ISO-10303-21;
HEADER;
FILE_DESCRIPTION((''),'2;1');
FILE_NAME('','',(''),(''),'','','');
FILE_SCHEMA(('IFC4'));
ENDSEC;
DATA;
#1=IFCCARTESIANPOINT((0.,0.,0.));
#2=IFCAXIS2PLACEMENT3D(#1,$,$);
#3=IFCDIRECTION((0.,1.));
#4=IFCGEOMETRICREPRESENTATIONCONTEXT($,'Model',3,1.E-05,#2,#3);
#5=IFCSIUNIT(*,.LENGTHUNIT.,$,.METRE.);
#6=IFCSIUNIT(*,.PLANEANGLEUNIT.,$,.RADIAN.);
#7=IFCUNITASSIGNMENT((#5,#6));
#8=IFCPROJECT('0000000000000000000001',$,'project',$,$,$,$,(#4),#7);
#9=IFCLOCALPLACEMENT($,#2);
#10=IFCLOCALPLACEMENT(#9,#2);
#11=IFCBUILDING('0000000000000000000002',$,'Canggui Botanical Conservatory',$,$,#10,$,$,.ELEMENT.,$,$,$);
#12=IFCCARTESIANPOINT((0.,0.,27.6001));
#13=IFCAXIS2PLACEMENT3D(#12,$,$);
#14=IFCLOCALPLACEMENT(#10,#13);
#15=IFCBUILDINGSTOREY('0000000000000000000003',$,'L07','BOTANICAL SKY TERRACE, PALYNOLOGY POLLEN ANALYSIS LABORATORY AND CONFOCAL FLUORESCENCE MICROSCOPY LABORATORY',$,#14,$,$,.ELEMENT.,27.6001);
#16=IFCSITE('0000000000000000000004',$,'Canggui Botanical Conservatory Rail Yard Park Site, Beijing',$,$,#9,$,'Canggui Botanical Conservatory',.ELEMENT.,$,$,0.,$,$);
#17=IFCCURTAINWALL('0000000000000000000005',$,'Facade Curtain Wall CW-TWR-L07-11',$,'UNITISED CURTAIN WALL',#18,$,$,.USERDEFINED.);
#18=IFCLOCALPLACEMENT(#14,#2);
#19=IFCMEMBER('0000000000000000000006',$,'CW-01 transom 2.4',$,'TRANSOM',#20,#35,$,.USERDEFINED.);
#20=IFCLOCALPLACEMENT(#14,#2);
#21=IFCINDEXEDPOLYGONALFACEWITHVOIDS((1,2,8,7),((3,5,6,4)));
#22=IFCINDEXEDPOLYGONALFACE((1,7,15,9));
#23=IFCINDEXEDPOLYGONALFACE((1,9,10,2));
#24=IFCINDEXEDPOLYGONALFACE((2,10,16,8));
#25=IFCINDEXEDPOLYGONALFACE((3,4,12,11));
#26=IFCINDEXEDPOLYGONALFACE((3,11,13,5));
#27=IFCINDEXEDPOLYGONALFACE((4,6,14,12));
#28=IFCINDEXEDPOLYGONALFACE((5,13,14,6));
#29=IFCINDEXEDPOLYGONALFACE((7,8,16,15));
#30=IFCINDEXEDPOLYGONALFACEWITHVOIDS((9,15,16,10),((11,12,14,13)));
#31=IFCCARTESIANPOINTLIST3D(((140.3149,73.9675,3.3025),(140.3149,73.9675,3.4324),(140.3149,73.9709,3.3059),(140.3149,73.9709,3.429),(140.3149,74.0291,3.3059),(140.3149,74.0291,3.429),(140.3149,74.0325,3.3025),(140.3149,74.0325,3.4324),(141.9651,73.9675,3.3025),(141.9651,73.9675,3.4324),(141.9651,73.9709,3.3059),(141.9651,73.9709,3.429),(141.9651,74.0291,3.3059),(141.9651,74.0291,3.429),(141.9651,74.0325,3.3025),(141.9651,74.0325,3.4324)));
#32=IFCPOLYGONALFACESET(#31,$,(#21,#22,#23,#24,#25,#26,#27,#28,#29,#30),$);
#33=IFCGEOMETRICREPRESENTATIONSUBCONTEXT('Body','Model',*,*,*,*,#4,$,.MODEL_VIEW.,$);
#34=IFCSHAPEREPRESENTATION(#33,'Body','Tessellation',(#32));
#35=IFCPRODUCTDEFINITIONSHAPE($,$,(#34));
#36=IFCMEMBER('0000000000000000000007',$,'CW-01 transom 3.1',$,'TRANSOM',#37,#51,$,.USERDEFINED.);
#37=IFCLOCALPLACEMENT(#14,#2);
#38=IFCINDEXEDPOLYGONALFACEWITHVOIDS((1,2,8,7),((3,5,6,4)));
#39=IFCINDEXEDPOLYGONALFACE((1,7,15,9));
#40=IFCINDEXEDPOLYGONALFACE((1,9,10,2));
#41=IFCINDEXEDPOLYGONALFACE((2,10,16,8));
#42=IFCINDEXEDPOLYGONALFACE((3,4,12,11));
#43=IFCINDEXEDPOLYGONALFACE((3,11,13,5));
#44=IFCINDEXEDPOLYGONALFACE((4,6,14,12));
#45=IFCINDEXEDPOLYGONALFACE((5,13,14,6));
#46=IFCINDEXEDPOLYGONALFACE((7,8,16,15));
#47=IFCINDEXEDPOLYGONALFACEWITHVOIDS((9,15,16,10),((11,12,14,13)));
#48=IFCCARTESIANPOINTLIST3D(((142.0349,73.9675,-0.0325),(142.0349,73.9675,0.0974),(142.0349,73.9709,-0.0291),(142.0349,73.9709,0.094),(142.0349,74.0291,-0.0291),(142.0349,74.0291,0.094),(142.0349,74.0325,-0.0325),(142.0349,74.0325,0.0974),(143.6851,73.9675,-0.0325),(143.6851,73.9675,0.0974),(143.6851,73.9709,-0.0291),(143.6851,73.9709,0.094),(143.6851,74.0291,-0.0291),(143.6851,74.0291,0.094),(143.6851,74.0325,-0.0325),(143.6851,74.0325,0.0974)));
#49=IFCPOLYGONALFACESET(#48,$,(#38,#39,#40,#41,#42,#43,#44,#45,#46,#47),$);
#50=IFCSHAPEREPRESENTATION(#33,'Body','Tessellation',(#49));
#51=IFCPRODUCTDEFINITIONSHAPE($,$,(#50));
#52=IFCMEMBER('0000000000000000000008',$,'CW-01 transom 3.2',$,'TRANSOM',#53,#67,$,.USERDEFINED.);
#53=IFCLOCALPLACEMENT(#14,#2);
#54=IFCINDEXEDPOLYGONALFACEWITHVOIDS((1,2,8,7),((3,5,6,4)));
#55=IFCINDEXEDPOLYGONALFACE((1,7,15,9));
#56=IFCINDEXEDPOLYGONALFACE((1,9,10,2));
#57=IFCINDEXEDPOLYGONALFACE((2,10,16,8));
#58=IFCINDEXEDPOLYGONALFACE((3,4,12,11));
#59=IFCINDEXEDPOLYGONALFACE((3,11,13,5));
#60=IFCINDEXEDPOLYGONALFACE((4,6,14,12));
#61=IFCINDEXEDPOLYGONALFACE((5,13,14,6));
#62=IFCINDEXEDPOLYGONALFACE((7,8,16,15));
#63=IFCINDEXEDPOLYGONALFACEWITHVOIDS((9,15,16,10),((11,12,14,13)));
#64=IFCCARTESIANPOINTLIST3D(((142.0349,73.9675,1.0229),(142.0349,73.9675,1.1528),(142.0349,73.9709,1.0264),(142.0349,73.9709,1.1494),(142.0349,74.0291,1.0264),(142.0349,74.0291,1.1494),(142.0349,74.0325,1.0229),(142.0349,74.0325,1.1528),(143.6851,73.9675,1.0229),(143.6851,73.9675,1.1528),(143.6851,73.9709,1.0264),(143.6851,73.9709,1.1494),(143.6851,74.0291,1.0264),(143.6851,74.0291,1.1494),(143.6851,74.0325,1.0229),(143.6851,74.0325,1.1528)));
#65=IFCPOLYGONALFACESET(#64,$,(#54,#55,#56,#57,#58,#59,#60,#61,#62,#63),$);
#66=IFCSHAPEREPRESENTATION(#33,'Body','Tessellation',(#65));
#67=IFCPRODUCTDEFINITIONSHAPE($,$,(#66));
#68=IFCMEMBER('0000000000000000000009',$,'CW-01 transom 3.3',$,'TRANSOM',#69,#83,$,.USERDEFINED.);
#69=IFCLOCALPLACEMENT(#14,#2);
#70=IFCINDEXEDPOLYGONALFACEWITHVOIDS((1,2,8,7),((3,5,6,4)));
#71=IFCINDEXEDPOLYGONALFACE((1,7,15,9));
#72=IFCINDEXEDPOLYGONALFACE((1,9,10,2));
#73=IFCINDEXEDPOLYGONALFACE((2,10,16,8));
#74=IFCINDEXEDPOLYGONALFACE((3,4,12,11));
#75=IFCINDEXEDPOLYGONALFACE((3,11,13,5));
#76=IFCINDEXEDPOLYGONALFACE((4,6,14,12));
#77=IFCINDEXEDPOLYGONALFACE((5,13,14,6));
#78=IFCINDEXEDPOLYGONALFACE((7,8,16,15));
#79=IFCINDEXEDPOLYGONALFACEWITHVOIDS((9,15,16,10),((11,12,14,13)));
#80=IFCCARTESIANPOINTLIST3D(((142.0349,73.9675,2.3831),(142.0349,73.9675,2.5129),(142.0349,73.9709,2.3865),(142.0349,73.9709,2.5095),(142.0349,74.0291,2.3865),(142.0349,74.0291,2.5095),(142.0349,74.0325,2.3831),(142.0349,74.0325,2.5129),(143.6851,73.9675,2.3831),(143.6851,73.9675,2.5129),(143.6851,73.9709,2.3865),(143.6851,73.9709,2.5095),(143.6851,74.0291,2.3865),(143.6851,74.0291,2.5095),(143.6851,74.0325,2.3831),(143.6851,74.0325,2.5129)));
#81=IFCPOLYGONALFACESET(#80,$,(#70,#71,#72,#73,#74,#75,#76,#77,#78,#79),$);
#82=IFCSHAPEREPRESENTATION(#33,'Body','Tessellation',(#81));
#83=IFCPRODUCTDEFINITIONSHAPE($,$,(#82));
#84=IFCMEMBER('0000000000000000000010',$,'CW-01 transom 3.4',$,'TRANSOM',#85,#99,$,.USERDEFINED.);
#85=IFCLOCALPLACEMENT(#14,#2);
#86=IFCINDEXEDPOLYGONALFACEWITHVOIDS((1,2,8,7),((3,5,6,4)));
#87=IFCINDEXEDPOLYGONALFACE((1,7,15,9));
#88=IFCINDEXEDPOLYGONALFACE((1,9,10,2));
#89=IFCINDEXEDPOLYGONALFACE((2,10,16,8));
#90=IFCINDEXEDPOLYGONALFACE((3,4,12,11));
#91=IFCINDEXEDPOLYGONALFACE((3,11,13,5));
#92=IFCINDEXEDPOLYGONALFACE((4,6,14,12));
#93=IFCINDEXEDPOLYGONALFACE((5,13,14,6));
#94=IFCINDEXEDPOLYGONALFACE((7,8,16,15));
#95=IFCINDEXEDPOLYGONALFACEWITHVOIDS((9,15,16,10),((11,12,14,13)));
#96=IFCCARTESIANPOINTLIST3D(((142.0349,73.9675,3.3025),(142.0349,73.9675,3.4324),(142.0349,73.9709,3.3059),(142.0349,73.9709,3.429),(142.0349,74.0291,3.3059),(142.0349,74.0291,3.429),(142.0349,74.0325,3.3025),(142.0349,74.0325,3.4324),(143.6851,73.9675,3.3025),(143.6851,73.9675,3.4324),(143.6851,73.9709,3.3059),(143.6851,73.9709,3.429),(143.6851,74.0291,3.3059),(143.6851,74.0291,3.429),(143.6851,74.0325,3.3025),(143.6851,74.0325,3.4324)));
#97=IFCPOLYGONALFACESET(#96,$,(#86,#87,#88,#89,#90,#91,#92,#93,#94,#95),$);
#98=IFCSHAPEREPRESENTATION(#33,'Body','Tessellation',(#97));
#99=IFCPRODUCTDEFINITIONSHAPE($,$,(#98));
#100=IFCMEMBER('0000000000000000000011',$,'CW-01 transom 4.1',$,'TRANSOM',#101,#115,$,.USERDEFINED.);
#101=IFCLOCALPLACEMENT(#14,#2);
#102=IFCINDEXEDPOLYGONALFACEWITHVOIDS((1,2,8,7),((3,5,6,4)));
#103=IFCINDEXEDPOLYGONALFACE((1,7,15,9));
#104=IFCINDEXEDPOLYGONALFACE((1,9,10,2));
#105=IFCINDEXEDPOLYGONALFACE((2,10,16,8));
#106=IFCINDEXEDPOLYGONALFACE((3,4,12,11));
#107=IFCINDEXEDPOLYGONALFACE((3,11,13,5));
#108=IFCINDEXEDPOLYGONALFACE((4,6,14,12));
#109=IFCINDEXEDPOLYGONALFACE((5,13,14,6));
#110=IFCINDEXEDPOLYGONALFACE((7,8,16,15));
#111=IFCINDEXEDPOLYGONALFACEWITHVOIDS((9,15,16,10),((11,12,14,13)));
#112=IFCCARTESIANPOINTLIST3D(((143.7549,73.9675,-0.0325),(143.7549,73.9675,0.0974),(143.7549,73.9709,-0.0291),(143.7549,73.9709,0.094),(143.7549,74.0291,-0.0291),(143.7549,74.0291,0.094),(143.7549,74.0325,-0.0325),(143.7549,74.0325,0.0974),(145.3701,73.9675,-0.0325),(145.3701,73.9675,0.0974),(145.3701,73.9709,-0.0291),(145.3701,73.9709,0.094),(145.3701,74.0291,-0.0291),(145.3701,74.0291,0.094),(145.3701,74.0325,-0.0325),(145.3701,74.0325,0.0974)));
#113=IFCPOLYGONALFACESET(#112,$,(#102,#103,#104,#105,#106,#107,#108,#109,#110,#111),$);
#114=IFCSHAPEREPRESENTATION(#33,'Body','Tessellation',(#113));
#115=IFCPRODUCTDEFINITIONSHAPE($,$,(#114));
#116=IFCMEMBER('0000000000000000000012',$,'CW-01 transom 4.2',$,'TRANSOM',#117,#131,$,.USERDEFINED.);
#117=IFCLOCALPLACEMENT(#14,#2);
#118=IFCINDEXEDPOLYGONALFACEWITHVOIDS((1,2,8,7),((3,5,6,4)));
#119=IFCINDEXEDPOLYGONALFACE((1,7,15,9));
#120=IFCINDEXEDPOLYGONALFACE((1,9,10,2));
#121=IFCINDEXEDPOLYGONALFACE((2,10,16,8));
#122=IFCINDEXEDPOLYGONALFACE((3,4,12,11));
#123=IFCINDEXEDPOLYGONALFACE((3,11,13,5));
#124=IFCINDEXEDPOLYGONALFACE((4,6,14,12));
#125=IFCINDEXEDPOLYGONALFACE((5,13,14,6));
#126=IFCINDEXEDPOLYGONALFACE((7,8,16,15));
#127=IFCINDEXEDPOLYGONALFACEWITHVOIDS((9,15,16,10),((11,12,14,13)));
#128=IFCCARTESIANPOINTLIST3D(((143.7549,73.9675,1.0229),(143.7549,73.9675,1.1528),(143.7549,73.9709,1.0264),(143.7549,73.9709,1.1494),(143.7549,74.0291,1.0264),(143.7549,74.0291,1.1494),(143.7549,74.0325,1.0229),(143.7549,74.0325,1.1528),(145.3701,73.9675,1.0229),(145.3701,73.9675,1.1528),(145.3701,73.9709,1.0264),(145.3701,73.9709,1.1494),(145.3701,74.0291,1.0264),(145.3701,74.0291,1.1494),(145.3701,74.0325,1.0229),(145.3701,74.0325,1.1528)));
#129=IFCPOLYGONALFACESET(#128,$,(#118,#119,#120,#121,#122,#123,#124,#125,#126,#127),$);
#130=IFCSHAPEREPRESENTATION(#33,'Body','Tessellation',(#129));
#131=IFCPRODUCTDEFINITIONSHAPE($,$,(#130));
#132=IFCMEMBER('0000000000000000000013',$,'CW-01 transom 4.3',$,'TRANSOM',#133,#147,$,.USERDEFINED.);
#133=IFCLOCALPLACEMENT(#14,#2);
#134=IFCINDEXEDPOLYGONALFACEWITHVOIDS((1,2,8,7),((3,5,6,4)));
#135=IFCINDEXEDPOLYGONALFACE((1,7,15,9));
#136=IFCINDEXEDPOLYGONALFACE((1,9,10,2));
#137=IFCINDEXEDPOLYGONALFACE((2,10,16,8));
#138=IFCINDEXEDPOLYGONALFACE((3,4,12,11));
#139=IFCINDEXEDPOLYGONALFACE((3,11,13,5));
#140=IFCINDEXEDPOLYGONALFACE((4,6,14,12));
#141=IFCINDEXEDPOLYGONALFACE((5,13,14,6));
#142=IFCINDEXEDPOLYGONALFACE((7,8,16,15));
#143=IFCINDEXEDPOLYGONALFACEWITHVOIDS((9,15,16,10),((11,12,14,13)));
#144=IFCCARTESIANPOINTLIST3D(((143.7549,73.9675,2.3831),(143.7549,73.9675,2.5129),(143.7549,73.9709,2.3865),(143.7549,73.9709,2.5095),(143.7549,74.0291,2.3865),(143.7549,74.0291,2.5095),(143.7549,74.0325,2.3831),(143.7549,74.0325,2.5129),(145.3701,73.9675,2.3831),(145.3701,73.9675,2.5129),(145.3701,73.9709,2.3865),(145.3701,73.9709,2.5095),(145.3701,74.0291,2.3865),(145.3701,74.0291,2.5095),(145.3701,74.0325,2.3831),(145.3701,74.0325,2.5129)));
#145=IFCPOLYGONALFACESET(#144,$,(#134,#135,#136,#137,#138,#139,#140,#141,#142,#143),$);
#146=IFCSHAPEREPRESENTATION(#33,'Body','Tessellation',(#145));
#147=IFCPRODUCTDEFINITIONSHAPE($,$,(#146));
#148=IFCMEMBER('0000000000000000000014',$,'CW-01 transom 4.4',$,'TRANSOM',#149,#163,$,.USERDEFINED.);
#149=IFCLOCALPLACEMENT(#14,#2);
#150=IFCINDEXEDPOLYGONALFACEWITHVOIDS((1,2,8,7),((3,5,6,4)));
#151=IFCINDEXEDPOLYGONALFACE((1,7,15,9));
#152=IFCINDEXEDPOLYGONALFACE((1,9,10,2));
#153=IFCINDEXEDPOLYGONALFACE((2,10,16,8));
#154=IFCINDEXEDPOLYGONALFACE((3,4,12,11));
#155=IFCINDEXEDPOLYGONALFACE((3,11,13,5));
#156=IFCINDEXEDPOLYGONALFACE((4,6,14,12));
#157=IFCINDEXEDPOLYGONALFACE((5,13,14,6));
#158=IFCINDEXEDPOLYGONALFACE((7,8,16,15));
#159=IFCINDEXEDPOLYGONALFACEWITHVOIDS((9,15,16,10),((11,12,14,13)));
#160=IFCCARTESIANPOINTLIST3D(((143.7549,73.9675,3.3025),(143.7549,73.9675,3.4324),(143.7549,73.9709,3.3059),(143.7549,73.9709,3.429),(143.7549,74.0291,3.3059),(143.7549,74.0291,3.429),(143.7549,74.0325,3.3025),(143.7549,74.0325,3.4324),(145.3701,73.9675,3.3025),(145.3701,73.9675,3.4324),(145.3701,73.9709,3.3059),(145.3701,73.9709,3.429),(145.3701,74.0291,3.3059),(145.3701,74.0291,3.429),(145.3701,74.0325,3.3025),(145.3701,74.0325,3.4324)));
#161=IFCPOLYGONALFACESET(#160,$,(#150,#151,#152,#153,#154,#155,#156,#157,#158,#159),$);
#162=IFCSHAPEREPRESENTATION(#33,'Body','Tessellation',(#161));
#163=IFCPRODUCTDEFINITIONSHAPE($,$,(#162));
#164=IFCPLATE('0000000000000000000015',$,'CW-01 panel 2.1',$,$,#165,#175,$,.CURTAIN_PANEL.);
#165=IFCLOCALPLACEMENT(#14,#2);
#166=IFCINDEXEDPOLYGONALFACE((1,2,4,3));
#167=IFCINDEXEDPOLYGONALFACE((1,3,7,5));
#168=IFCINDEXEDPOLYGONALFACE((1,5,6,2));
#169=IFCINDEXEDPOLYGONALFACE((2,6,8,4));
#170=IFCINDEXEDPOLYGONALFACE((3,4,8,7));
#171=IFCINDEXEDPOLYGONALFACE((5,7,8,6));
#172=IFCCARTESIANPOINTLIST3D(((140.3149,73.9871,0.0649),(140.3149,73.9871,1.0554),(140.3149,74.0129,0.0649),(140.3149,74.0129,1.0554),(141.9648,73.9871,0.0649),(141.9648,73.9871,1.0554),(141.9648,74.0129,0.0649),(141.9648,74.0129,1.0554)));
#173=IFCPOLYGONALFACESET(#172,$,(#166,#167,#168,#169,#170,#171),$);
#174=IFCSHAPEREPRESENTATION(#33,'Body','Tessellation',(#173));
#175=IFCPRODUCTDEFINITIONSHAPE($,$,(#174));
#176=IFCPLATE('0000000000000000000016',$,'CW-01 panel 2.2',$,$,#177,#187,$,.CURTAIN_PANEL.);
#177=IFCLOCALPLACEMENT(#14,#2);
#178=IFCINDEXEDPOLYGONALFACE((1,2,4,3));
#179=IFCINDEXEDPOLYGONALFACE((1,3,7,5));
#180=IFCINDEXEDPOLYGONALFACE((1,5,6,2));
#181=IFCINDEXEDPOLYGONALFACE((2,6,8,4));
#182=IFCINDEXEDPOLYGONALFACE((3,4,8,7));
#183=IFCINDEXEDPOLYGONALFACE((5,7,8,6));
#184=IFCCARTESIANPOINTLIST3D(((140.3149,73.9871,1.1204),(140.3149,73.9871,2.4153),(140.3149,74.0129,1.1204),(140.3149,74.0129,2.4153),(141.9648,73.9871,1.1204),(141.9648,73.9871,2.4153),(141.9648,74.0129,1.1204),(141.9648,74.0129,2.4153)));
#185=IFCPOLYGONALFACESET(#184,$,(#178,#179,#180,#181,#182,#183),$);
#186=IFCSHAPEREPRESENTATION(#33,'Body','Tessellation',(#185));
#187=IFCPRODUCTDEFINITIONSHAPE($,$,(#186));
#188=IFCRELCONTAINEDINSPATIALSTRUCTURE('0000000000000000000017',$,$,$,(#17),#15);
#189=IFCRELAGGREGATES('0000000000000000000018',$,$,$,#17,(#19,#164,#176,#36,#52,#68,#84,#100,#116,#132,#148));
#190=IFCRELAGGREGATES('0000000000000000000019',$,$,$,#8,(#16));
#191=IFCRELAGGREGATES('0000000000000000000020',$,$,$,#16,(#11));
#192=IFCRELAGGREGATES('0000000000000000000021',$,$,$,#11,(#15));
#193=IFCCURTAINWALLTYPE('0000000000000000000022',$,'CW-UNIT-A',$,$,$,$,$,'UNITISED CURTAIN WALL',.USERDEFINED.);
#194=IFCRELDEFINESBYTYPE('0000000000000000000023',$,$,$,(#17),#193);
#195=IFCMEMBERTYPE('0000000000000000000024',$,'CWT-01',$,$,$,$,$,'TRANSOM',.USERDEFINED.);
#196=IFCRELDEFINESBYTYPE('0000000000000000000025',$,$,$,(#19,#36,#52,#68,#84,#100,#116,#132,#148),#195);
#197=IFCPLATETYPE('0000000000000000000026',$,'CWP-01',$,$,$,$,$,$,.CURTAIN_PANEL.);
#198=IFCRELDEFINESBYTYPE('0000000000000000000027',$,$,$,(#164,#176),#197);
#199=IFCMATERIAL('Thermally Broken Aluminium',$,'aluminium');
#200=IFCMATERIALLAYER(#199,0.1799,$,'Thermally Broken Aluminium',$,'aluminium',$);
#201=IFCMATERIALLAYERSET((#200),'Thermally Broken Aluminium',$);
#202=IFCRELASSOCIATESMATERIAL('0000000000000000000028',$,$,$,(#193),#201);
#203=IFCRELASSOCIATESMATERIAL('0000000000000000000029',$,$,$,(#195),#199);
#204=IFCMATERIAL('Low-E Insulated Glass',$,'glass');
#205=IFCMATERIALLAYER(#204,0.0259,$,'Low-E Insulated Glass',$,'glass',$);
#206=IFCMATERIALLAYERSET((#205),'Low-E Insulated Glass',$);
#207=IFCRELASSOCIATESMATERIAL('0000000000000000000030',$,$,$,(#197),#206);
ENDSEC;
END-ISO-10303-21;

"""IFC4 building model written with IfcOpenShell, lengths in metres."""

from ifc_helpers import new_model, si_unit, direction, frame, origin, origin_2d, place, context, subcontext, project, spatial, rectangle, hollow_rectangle, extrude, material, layer, layer_set, material_profile, profile_set, type_object, element, aggregate, save


model = new_model("IFC4")

# Units and contexts
model_context = context("Model", 3, precision=1e-05, world=origin(), true_north=direction((0.0, 1.0)))
body_context = subcontext(model_context, "Body", "Model", "MODEL_VIEW")
ifc_project = project(units=[si_unit("LENGTHUNIT", "METRE"), si_unit("PLANEANGLEUNIT", "RADIAN")], contexts=[model_context])

# Site, building, storey
site_placement = place(None, origin())
site = spatial("IfcSite", under=ifc_project, at=site_placement, Name="Canggui Botanical Conservatory Rail Yard Park Site, Beijing", LongName="Canggui Botanical Conservatory", CompositionType="ELEMENT", RefElevation=0.0)
building_placement = place(site_placement, origin())
building = spatial("IfcBuilding", under=site, at=building_placement, Name="Canggui Botanical Conservatory", CompositionType="ELEMENT")
storey_placement = place(building_placement, frame((0.0, 0.0, 27.6001)))
storey = spatial("IfcBuildingStorey", under=building, at=storey_placement, Name="L07", Description="BOTANICAL SKY TERRACE, PALYNOLOGY POLLEN ANALYSIS LABORATORY AND CONFOCAL FLUORESCENCE MICROSCOPY LABORATORY", CompositionType="ELEMENT", Elevation=27.6001)

# Curtain wall
ifc_material_1 = material(Name="Thermally Broken Aluminium", Category="aluminium")
ifc_layer_1 = layer(ifc_material_1, 0.1799, Name="Thermally Broken Aluminium", Category="aluminium")
ifc_layer_set_1 = layer_set([ifc_layer_1], Name="Thermally Broken Aluminium")
curtain_wall_type = type_object("IfcCurtainWallType", Name="CW-UNIT-A", ElementType="UNITISED CURTAIN WALL", PredefinedType="USERDEFINED", material=ifc_layer_set_1)
curtain_wall_1_placement = place(storey_placement, origin())
curtain_wall_1 = element("IfcCurtainWall", 1, at=curtain_wall_1_placement, inside=storey, type_object=curtain_wall_type, Name="Facade Curtain Wall CW-TWR-L07-11", ObjectType="UNITISED CURTAIN WALL", PredefinedType="USERDEFINED")

# Members
ifc_material_profile_1 = material_profile(ifc_material_1, hollow_rectangle(XDim=0.0649, YDim=0.1299, WallThickness=0.0034, at=origin_2d()), Name="CWT 65x130x3.5")
ifc_profile_set_1 = profile_set([ifc_material_profile_1], Name="Thermally Broken Aluminium")
member_type_1 = type_object("IfcMemberType", Name="CWT-01", ElementType="TRANSOM", PredefinedType="USERDEFINED", material=ifc_profile_set_1)
member_1_placement = place(storey_placement, frame((140.3149, 74.0, 3.3674), z_axis=(1.0, 0.0, 0.0), x_axis=(0.0, 1.0, 0.0)))
member_1 = element("IfcMember", 2, at=member_1_placement, type_object=member_type_1, Name="CW-01 transom 2.4", ObjectType="TRANSOM", PredefinedType="USERDEFINED", context=body_context, shape_type="SweptSolid", body=[
    extrude(hollow_rectangle(XDim=0.0649, YDim=0.1299, WallThickness=0.0034, at=origin_2d()), origin(), (0.0, 0.0, 1.0), 1.6501),
])
member_2_placement = place(storey_placement, frame((142.0349, 74.0, 0.0325), z_axis=(1.0, 0.0, 0.0), x_axis=(0.0, 1.0, 0.0)))
member_2 = element("IfcMember", 3, at=member_2_placement, type_object=member_type_1, Name="CW-01 transom 3.1", ObjectType="TRANSOM", PredefinedType="USERDEFINED", context=body_context, shape_type="SweptSolid", body=[
    extrude(hollow_rectangle(XDim=0.0649, YDim=0.1299, WallThickness=0.0034, at=origin_2d()), origin(), (0.0, 0.0, 1.0), 1.6501),
])
member_3_placement = place(storey_placement, frame((142.0349, 74.0, 1.0879), z_axis=(1.0, 0.0, 0.0), x_axis=(0.0, 1.0, 0.0)))
member_3 = element("IfcMember", 4, at=member_3_placement, type_object=member_type_1, Name="CW-01 transom 3.2", ObjectType="TRANSOM", PredefinedType="USERDEFINED", context=body_context, shape_type="SweptSolid", body=[
    extrude(hollow_rectangle(XDim=0.0649, YDim=0.1299, WallThickness=0.0034, at=origin_2d()), origin(), (0.0, 0.0, 1.0), 1.6501),
])
member_4_placement = place(storey_placement, frame((142.0349, 74.0, 2.448), z_axis=(1.0, 0.0, 0.0), x_axis=(0.0, 1.0, 0.0)))
member_4 = element("IfcMember", 5, at=member_4_placement, type_object=member_type_1, Name="CW-01 transom 3.3", ObjectType="TRANSOM", PredefinedType="USERDEFINED", context=body_context, shape_type="SweptSolid", body=[
    extrude(hollow_rectangle(XDim=0.0649, YDim=0.1299, WallThickness=0.0034, at=origin_2d()), origin(), (0.0, 0.0, 1.0), 1.6501),
])
member_5_placement = place(storey_placement, frame((142.0349, 74.0, 3.3674), z_axis=(1.0, 0.0, 0.0), x_axis=(0.0, 1.0, 0.0)))
member_5 = element("IfcMember", 6, at=member_5_placement, type_object=member_type_1, Name="CW-01 transom 3.4", ObjectType="TRANSOM", PredefinedType="USERDEFINED", context=body_context, shape_type="SweptSolid", body=[
    extrude(hollow_rectangle(XDim=0.0649, YDim=0.1299, WallThickness=0.0034, at=origin_2d()), origin(), (0.0, 0.0, 1.0), 1.6501),
])
member_6_placement = place(storey_placement, frame((143.7549, 74.0, 0.0325), z_axis=(1.0, 0.0, 0.0), x_axis=(0.0, 1.0, 0.0)))
member_6 = element("IfcMember", 7, at=member_6_placement, type_object=member_type_1, Name="CW-01 transom 4.1", ObjectType="TRANSOM", PredefinedType="USERDEFINED", context=body_context, shape_type="SweptSolid", body=[
    extrude(hollow_rectangle(XDim=0.0649, YDim=0.1299, WallThickness=0.0034, at=origin_2d()), origin(), (0.0, 0.0, 1.0), 1.6152),
])
member_7_placement = place(storey_placement, frame((143.7549, 74.0, 1.0879), z_axis=(1.0, 0.0, 0.0), x_axis=(0.0, 1.0, 0.0)))
member_7 = element("IfcMember", 8, at=member_7_placement, type_object=member_type_1, Name="CW-01 transom 4.2", ObjectType="TRANSOM", PredefinedType="USERDEFINED", context=body_context, shape_type="SweptSolid", body=[
    extrude(hollow_rectangle(XDim=0.0649, YDim=0.1299, WallThickness=0.0034, at=origin_2d()), origin(), (0.0, 0.0, 1.0), 1.6152),
])
member_8_placement = place(storey_placement, frame((143.7549, 74.0, 2.448), z_axis=(1.0, 0.0, 0.0), x_axis=(0.0, 1.0, 0.0)))
member_8 = element("IfcMember", 9, at=member_8_placement, type_object=member_type_1, Name="CW-01 transom 4.3", ObjectType="TRANSOM", PredefinedType="USERDEFINED", context=body_context, shape_type="SweptSolid", body=[
    extrude(hollow_rectangle(XDim=0.0649, YDim=0.1299, WallThickness=0.0034, at=origin_2d()), origin(), (0.0, 0.0, 1.0), 1.6152),
])
member_9_placement = place(storey_placement, frame((143.7549, 74.0, 3.3674), z_axis=(1.0, 0.0, 0.0), x_axis=(0.0, 1.0, 0.0)))
member_9 = element("IfcMember", 10, at=member_9_placement, type_object=member_type_1, Name="CW-01 transom 4.4", ObjectType="TRANSOM", PredefinedType="USERDEFINED", context=body_context, shape_type="SweptSolid", body=[
    extrude(hollow_rectangle(XDim=0.0649, YDim=0.1299, WallThickness=0.0034, at=origin_2d()), origin(), (0.0, 0.0, 1.0), 1.6152),
])

# Plates
ifc_material_2 = material(Name="Low-E Insulated Glass", Category="glass")
ifc_layer_2 = layer(ifc_material_2, 0.0259, Name="Low-E Insulated Glass", Category="glass")
ifc_layer_set_2 = layer_set([ifc_layer_2], Name="Low-E Insulated Glass")
plate_type = type_object("IfcPlateType", Name="CWP-01", PredefinedType="CURTAIN_PANEL", material=ifc_layer_set_2)
plate_1_placement = place(storey_placement, frame((141.1399, 74.0, 0.0649), z_axis=(0.0, 0.0, 1.0), x_axis=(1.0, 0.0, 0.0)))
plate_1 = element("IfcPlate", 11, at=plate_1_placement, type_object=plate_type, Name="CW-01 panel 2.1", PredefinedType="CURTAIN_PANEL", context=body_context, shape_type="SweptSolid", body=[
    extrude(rectangle(XDim=1.6499, YDim=0.0259, at=origin_2d()), origin(), (0.0, 0.0, 1.0), 0.9905),
])
plate_2_placement = place(storey_placement, frame((141.1399, 74.0, 1.1204), z_axis=(0.0, 0.0, 1.0), x_axis=(1.0, 0.0, 0.0)))
plate_2 = element("IfcPlate", 12, at=plate_2_placement, type_object=plate_type, Name="CW-01 panel 2.2", PredefinedType="CURTAIN_PANEL", context=body_context, shape_type="SweptSolid", body=[
    extrude(rectangle(XDim=1.6499, YDim=0.0259, at=origin_2d()), origin(), (0.0, 0.0, 1.0), 1.2949),
])
aggregate(curtain_wall_1, [member_1, plate_1, plate_2, member_2, member_3, member_4, member_5, member_6, member_7, member_8, member_9])

save(model, "model.ifc")
